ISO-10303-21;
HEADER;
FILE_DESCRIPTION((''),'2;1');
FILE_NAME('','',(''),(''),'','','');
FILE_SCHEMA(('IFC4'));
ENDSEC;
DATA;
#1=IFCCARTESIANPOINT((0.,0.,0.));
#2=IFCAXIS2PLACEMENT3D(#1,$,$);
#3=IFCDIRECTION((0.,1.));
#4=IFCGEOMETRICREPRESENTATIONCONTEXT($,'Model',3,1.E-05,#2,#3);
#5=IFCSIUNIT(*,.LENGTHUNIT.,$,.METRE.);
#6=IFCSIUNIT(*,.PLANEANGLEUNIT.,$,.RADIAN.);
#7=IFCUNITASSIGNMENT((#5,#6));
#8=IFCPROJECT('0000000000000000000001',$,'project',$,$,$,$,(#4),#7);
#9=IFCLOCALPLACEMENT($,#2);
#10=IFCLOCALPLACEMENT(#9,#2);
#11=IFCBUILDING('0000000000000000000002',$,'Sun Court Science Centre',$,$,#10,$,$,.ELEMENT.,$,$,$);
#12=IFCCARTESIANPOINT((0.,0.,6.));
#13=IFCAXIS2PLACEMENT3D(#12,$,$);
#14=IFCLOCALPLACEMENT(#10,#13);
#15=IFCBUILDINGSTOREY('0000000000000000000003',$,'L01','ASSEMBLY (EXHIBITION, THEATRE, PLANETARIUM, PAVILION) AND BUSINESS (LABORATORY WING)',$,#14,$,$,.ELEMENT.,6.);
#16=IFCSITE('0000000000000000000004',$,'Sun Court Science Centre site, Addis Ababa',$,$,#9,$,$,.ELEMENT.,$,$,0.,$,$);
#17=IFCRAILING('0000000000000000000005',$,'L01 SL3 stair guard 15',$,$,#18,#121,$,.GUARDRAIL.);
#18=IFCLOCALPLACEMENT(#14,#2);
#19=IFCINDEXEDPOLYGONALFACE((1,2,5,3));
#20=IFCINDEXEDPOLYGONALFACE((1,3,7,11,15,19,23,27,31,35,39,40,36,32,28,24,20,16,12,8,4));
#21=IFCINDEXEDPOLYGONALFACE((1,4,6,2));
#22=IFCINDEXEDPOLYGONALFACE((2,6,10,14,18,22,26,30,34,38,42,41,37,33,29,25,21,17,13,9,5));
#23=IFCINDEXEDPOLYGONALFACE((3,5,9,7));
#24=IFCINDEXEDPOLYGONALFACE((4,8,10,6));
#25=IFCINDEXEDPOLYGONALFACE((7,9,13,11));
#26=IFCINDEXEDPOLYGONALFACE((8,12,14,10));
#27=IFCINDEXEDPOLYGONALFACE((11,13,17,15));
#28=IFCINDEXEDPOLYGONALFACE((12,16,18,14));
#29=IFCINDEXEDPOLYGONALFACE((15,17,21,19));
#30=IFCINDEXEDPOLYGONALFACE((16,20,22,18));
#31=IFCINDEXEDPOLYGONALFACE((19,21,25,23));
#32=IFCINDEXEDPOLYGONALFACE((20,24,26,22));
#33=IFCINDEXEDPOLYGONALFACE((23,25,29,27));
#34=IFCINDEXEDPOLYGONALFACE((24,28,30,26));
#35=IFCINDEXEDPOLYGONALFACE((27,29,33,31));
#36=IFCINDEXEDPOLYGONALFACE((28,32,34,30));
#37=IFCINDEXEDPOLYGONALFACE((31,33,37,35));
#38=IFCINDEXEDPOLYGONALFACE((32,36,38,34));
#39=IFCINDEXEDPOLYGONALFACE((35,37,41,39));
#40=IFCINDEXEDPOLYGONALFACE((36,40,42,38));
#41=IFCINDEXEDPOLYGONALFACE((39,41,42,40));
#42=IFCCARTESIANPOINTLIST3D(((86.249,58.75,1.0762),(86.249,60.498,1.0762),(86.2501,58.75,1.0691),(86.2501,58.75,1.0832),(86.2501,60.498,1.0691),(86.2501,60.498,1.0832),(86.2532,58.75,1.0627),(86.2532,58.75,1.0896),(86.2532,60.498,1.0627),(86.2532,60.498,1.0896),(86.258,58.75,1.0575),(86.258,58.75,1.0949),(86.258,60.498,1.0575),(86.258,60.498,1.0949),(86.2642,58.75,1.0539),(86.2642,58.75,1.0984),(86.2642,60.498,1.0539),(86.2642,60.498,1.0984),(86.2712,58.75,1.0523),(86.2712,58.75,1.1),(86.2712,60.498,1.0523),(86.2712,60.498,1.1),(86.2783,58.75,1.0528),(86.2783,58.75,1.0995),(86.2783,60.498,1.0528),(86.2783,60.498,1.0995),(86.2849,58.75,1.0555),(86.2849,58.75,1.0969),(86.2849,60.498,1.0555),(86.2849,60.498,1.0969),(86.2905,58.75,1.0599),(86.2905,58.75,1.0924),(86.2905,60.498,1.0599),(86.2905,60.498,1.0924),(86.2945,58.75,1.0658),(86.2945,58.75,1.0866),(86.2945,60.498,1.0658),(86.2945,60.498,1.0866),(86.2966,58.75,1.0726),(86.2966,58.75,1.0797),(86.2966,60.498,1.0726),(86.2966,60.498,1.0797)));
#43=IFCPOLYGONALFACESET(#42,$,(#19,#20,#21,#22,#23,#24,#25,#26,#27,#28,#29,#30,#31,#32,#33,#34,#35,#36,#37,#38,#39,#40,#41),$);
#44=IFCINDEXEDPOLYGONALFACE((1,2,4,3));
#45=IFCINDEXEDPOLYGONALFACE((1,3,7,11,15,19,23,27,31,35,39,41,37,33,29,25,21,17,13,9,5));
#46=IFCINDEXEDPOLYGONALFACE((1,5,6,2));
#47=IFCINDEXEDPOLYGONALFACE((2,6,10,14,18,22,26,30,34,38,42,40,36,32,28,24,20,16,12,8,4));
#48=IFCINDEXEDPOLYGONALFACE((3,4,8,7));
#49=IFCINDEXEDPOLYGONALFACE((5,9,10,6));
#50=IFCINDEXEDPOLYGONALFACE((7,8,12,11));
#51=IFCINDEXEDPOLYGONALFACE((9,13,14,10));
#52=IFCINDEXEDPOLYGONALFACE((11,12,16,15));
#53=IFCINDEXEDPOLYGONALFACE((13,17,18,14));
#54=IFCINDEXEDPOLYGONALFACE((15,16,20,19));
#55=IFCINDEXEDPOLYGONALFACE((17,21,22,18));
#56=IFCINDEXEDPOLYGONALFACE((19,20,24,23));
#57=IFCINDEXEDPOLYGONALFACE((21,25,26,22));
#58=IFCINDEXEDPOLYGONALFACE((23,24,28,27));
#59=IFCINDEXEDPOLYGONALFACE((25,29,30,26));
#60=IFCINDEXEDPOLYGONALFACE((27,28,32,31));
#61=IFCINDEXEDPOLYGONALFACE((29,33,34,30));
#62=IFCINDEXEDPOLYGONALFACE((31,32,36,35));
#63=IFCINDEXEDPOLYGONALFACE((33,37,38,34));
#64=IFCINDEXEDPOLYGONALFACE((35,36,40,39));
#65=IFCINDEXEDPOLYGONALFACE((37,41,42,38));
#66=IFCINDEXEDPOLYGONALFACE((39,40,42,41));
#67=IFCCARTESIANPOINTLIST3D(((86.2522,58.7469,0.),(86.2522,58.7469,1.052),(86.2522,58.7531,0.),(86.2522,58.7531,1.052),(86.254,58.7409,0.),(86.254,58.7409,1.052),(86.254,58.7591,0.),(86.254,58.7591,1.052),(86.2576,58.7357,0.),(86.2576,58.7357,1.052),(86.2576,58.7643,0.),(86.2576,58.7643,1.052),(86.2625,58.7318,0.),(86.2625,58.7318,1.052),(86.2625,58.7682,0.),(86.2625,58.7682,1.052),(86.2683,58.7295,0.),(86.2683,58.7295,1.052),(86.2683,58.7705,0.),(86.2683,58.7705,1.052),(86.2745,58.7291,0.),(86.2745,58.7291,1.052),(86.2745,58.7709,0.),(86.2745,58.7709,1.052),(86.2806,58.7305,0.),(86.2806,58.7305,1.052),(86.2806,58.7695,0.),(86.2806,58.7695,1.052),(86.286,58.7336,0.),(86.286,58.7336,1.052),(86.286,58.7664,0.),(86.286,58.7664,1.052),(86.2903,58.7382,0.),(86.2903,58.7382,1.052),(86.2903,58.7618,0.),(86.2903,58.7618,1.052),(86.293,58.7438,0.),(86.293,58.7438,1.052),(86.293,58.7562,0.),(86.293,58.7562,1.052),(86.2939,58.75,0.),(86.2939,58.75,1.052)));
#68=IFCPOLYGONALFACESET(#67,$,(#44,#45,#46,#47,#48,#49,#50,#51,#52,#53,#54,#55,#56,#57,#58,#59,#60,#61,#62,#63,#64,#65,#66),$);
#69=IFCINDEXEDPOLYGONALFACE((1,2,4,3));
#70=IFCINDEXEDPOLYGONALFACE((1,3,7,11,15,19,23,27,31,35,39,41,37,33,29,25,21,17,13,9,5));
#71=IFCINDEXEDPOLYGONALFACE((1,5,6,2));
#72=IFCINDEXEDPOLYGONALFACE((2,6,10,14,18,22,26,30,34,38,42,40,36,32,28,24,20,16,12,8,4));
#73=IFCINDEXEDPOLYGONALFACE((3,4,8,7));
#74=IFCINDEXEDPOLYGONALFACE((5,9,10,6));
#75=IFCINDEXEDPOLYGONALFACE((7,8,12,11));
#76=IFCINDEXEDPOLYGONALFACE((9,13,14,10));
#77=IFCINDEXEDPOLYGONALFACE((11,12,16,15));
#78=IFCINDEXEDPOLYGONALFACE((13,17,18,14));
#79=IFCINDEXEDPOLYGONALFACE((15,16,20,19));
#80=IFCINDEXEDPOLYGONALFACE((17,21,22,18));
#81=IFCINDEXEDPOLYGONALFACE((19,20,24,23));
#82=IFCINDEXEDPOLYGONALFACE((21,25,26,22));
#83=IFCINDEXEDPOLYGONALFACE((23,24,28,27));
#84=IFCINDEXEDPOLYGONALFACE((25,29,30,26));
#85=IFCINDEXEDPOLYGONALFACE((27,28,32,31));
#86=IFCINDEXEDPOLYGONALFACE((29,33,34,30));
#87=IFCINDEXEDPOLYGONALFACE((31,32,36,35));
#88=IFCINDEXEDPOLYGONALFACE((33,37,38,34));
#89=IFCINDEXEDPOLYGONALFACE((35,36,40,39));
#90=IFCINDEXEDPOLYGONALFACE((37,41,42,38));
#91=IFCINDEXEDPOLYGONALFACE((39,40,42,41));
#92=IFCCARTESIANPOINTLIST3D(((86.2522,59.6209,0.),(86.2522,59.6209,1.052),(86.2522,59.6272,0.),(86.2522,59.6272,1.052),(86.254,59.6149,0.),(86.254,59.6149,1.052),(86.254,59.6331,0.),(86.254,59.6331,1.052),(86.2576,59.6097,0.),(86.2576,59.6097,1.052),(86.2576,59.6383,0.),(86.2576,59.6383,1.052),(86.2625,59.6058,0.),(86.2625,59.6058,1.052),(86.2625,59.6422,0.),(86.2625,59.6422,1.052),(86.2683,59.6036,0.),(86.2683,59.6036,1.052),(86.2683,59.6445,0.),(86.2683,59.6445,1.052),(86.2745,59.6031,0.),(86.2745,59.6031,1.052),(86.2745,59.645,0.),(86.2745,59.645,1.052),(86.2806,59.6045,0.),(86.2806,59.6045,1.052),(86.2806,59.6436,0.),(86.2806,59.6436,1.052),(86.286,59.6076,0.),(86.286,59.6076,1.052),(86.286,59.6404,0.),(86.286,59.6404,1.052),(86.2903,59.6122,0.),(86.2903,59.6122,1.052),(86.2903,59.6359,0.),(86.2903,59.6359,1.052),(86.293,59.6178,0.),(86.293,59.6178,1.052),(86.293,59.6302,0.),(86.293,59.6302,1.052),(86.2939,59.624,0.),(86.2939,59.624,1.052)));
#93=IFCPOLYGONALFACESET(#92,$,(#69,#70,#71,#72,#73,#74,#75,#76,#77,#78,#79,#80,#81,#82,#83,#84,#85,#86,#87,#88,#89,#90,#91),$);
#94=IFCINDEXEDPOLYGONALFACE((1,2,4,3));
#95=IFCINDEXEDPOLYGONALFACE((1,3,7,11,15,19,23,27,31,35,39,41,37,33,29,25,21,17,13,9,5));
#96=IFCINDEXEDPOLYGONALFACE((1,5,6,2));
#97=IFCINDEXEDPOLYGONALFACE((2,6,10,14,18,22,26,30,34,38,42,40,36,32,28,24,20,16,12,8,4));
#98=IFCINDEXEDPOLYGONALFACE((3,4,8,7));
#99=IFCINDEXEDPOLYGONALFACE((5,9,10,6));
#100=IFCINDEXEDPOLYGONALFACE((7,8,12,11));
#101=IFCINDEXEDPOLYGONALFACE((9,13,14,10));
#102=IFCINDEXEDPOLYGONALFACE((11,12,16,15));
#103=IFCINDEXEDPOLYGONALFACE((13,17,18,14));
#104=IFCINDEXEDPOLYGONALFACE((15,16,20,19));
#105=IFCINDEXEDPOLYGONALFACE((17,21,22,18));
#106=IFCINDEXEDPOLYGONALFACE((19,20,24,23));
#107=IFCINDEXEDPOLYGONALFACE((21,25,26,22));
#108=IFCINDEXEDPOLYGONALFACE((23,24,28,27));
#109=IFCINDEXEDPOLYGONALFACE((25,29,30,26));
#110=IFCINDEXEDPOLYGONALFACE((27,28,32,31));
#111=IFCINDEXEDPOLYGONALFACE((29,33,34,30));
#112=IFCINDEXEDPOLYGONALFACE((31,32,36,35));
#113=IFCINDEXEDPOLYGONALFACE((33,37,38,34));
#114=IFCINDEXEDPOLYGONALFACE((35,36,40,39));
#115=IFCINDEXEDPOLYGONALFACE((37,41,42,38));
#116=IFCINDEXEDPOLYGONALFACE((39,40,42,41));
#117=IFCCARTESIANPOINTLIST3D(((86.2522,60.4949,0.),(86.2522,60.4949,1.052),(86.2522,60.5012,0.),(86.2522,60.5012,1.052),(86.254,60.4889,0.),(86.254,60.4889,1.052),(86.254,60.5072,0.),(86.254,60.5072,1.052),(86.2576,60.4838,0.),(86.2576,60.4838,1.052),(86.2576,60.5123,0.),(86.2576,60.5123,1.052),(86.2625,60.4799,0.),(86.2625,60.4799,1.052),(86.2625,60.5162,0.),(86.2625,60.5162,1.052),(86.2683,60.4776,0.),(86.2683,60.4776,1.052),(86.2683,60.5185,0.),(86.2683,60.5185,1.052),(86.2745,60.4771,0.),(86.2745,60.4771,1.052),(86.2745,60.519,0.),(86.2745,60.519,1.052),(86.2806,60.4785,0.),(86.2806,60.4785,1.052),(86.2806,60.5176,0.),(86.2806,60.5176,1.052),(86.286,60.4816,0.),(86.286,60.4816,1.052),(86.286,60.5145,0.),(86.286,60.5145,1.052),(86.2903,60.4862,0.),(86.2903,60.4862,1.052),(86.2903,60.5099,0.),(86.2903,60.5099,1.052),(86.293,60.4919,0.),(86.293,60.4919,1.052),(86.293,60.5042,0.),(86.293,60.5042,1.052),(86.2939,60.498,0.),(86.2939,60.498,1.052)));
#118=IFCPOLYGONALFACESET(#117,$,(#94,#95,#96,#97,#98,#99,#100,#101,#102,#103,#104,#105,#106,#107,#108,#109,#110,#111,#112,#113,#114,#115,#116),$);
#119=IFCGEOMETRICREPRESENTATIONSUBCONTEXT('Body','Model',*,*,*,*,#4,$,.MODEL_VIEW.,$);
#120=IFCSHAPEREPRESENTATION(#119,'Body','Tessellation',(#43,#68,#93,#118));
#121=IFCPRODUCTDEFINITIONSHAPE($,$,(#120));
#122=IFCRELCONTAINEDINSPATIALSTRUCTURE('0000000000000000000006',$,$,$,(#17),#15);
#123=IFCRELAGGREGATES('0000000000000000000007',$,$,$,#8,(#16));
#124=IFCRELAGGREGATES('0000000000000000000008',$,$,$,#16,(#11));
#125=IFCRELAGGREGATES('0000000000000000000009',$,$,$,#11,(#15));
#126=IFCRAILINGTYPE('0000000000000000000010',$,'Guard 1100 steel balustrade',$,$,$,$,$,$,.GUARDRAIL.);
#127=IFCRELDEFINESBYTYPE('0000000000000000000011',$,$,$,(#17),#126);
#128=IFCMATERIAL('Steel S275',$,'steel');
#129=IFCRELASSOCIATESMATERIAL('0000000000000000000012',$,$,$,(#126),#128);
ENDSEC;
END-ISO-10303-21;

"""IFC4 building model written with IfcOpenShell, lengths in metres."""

from ifc_helpers import new_model, si_unit, direction, frame, origin, origin_2d, place, context, subcontext, project, spatial, circle, extrude, material, type_object, element, save


model = new_model("IFC4")

# Units and contexts
model_context = context("Model", 3, precision=1e-05, world=origin(), true_north=direction((0.0, 1.0)))
body_context = subcontext(model_context, "Body", "Model", "MODEL_VIEW")
ifc_project = project(units=[si_unit("LENGTHUNIT", "METRE"), si_unit("PLANEANGLEUNIT", "RADIAN")], contexts=[model_context])

# Site, building, storey
site_placement = place(None, origin())
site = spatial("IfcSite", under=ifc_project, at=site_placement, Name="Sun Court Science Centre site, Addis Ababa", CompositionType="ELEMENT", RefElevation=0.0)
building_placement = place(site_placement, origin())
building = spatial("IfcBuilding", under=site, at=building_placement, Name="Sun Court Science Centre", CompositionType="ELEMENT")
storey_placement = place(building_placement, frame((0.0, 0.0, 6.0)))
storey = spatial("IfcBuildingStorey", under=building, at=storey_placement, Name="L01", Description="ASSEMBLY (EXHIBITION, THEATRE, PLANETARIUM, PAVILION) AND BUSINESS (LABORATORY WING)", CompositionType="ELEMENT", Elevation=6.0)

# Railing
ifc_material_1 = material(Name="Steel S275", Category="steel")
railing_type_1 = type_object("IfcRailingType", Name="Guard 1100 steel balustrade", PredefinedType="GUARDRAIL", material=ifc_material_1)
railing_1_placement = place(storey_placement, frame((86.2729, 58.75, 0.0)))
element("IfcRailing", 1, at=railing_1_placement, inside=storey, type_object=railing_type_1, Name="L01 SL3 stair guard 15", PredefinedType="GUARDRAIL", context=body_context, shape_type="SweptSolid", body=[
    extrude(circle(Radius=0.0239, at=origin_2d()), frame((0.0, 0.0, 1.0762), z_axis=(0.0, 1.0, 0.0), x_axis=(-1.0, 0.0, 0.0)), (0.0, 0.0, 1.0), 1.748),
    extrude(circle(Radius=0.021, at=origin_2d()), origin(), (0.0, 0.0, 1.0), 1.052),
    extrude(circle(Radius=0.021, at=origin_2d()), frame((0.0, 0.874, 0.0)), (0.0, 0.0, 1.0), 1.052),
    extrude(circle(Radius=0.021, at=origin_2d()), frame((0.0, 1.748, 0.0)), (0.0, 0.0, 1.0), 1.052),
])

save(model, "model.ifc")
